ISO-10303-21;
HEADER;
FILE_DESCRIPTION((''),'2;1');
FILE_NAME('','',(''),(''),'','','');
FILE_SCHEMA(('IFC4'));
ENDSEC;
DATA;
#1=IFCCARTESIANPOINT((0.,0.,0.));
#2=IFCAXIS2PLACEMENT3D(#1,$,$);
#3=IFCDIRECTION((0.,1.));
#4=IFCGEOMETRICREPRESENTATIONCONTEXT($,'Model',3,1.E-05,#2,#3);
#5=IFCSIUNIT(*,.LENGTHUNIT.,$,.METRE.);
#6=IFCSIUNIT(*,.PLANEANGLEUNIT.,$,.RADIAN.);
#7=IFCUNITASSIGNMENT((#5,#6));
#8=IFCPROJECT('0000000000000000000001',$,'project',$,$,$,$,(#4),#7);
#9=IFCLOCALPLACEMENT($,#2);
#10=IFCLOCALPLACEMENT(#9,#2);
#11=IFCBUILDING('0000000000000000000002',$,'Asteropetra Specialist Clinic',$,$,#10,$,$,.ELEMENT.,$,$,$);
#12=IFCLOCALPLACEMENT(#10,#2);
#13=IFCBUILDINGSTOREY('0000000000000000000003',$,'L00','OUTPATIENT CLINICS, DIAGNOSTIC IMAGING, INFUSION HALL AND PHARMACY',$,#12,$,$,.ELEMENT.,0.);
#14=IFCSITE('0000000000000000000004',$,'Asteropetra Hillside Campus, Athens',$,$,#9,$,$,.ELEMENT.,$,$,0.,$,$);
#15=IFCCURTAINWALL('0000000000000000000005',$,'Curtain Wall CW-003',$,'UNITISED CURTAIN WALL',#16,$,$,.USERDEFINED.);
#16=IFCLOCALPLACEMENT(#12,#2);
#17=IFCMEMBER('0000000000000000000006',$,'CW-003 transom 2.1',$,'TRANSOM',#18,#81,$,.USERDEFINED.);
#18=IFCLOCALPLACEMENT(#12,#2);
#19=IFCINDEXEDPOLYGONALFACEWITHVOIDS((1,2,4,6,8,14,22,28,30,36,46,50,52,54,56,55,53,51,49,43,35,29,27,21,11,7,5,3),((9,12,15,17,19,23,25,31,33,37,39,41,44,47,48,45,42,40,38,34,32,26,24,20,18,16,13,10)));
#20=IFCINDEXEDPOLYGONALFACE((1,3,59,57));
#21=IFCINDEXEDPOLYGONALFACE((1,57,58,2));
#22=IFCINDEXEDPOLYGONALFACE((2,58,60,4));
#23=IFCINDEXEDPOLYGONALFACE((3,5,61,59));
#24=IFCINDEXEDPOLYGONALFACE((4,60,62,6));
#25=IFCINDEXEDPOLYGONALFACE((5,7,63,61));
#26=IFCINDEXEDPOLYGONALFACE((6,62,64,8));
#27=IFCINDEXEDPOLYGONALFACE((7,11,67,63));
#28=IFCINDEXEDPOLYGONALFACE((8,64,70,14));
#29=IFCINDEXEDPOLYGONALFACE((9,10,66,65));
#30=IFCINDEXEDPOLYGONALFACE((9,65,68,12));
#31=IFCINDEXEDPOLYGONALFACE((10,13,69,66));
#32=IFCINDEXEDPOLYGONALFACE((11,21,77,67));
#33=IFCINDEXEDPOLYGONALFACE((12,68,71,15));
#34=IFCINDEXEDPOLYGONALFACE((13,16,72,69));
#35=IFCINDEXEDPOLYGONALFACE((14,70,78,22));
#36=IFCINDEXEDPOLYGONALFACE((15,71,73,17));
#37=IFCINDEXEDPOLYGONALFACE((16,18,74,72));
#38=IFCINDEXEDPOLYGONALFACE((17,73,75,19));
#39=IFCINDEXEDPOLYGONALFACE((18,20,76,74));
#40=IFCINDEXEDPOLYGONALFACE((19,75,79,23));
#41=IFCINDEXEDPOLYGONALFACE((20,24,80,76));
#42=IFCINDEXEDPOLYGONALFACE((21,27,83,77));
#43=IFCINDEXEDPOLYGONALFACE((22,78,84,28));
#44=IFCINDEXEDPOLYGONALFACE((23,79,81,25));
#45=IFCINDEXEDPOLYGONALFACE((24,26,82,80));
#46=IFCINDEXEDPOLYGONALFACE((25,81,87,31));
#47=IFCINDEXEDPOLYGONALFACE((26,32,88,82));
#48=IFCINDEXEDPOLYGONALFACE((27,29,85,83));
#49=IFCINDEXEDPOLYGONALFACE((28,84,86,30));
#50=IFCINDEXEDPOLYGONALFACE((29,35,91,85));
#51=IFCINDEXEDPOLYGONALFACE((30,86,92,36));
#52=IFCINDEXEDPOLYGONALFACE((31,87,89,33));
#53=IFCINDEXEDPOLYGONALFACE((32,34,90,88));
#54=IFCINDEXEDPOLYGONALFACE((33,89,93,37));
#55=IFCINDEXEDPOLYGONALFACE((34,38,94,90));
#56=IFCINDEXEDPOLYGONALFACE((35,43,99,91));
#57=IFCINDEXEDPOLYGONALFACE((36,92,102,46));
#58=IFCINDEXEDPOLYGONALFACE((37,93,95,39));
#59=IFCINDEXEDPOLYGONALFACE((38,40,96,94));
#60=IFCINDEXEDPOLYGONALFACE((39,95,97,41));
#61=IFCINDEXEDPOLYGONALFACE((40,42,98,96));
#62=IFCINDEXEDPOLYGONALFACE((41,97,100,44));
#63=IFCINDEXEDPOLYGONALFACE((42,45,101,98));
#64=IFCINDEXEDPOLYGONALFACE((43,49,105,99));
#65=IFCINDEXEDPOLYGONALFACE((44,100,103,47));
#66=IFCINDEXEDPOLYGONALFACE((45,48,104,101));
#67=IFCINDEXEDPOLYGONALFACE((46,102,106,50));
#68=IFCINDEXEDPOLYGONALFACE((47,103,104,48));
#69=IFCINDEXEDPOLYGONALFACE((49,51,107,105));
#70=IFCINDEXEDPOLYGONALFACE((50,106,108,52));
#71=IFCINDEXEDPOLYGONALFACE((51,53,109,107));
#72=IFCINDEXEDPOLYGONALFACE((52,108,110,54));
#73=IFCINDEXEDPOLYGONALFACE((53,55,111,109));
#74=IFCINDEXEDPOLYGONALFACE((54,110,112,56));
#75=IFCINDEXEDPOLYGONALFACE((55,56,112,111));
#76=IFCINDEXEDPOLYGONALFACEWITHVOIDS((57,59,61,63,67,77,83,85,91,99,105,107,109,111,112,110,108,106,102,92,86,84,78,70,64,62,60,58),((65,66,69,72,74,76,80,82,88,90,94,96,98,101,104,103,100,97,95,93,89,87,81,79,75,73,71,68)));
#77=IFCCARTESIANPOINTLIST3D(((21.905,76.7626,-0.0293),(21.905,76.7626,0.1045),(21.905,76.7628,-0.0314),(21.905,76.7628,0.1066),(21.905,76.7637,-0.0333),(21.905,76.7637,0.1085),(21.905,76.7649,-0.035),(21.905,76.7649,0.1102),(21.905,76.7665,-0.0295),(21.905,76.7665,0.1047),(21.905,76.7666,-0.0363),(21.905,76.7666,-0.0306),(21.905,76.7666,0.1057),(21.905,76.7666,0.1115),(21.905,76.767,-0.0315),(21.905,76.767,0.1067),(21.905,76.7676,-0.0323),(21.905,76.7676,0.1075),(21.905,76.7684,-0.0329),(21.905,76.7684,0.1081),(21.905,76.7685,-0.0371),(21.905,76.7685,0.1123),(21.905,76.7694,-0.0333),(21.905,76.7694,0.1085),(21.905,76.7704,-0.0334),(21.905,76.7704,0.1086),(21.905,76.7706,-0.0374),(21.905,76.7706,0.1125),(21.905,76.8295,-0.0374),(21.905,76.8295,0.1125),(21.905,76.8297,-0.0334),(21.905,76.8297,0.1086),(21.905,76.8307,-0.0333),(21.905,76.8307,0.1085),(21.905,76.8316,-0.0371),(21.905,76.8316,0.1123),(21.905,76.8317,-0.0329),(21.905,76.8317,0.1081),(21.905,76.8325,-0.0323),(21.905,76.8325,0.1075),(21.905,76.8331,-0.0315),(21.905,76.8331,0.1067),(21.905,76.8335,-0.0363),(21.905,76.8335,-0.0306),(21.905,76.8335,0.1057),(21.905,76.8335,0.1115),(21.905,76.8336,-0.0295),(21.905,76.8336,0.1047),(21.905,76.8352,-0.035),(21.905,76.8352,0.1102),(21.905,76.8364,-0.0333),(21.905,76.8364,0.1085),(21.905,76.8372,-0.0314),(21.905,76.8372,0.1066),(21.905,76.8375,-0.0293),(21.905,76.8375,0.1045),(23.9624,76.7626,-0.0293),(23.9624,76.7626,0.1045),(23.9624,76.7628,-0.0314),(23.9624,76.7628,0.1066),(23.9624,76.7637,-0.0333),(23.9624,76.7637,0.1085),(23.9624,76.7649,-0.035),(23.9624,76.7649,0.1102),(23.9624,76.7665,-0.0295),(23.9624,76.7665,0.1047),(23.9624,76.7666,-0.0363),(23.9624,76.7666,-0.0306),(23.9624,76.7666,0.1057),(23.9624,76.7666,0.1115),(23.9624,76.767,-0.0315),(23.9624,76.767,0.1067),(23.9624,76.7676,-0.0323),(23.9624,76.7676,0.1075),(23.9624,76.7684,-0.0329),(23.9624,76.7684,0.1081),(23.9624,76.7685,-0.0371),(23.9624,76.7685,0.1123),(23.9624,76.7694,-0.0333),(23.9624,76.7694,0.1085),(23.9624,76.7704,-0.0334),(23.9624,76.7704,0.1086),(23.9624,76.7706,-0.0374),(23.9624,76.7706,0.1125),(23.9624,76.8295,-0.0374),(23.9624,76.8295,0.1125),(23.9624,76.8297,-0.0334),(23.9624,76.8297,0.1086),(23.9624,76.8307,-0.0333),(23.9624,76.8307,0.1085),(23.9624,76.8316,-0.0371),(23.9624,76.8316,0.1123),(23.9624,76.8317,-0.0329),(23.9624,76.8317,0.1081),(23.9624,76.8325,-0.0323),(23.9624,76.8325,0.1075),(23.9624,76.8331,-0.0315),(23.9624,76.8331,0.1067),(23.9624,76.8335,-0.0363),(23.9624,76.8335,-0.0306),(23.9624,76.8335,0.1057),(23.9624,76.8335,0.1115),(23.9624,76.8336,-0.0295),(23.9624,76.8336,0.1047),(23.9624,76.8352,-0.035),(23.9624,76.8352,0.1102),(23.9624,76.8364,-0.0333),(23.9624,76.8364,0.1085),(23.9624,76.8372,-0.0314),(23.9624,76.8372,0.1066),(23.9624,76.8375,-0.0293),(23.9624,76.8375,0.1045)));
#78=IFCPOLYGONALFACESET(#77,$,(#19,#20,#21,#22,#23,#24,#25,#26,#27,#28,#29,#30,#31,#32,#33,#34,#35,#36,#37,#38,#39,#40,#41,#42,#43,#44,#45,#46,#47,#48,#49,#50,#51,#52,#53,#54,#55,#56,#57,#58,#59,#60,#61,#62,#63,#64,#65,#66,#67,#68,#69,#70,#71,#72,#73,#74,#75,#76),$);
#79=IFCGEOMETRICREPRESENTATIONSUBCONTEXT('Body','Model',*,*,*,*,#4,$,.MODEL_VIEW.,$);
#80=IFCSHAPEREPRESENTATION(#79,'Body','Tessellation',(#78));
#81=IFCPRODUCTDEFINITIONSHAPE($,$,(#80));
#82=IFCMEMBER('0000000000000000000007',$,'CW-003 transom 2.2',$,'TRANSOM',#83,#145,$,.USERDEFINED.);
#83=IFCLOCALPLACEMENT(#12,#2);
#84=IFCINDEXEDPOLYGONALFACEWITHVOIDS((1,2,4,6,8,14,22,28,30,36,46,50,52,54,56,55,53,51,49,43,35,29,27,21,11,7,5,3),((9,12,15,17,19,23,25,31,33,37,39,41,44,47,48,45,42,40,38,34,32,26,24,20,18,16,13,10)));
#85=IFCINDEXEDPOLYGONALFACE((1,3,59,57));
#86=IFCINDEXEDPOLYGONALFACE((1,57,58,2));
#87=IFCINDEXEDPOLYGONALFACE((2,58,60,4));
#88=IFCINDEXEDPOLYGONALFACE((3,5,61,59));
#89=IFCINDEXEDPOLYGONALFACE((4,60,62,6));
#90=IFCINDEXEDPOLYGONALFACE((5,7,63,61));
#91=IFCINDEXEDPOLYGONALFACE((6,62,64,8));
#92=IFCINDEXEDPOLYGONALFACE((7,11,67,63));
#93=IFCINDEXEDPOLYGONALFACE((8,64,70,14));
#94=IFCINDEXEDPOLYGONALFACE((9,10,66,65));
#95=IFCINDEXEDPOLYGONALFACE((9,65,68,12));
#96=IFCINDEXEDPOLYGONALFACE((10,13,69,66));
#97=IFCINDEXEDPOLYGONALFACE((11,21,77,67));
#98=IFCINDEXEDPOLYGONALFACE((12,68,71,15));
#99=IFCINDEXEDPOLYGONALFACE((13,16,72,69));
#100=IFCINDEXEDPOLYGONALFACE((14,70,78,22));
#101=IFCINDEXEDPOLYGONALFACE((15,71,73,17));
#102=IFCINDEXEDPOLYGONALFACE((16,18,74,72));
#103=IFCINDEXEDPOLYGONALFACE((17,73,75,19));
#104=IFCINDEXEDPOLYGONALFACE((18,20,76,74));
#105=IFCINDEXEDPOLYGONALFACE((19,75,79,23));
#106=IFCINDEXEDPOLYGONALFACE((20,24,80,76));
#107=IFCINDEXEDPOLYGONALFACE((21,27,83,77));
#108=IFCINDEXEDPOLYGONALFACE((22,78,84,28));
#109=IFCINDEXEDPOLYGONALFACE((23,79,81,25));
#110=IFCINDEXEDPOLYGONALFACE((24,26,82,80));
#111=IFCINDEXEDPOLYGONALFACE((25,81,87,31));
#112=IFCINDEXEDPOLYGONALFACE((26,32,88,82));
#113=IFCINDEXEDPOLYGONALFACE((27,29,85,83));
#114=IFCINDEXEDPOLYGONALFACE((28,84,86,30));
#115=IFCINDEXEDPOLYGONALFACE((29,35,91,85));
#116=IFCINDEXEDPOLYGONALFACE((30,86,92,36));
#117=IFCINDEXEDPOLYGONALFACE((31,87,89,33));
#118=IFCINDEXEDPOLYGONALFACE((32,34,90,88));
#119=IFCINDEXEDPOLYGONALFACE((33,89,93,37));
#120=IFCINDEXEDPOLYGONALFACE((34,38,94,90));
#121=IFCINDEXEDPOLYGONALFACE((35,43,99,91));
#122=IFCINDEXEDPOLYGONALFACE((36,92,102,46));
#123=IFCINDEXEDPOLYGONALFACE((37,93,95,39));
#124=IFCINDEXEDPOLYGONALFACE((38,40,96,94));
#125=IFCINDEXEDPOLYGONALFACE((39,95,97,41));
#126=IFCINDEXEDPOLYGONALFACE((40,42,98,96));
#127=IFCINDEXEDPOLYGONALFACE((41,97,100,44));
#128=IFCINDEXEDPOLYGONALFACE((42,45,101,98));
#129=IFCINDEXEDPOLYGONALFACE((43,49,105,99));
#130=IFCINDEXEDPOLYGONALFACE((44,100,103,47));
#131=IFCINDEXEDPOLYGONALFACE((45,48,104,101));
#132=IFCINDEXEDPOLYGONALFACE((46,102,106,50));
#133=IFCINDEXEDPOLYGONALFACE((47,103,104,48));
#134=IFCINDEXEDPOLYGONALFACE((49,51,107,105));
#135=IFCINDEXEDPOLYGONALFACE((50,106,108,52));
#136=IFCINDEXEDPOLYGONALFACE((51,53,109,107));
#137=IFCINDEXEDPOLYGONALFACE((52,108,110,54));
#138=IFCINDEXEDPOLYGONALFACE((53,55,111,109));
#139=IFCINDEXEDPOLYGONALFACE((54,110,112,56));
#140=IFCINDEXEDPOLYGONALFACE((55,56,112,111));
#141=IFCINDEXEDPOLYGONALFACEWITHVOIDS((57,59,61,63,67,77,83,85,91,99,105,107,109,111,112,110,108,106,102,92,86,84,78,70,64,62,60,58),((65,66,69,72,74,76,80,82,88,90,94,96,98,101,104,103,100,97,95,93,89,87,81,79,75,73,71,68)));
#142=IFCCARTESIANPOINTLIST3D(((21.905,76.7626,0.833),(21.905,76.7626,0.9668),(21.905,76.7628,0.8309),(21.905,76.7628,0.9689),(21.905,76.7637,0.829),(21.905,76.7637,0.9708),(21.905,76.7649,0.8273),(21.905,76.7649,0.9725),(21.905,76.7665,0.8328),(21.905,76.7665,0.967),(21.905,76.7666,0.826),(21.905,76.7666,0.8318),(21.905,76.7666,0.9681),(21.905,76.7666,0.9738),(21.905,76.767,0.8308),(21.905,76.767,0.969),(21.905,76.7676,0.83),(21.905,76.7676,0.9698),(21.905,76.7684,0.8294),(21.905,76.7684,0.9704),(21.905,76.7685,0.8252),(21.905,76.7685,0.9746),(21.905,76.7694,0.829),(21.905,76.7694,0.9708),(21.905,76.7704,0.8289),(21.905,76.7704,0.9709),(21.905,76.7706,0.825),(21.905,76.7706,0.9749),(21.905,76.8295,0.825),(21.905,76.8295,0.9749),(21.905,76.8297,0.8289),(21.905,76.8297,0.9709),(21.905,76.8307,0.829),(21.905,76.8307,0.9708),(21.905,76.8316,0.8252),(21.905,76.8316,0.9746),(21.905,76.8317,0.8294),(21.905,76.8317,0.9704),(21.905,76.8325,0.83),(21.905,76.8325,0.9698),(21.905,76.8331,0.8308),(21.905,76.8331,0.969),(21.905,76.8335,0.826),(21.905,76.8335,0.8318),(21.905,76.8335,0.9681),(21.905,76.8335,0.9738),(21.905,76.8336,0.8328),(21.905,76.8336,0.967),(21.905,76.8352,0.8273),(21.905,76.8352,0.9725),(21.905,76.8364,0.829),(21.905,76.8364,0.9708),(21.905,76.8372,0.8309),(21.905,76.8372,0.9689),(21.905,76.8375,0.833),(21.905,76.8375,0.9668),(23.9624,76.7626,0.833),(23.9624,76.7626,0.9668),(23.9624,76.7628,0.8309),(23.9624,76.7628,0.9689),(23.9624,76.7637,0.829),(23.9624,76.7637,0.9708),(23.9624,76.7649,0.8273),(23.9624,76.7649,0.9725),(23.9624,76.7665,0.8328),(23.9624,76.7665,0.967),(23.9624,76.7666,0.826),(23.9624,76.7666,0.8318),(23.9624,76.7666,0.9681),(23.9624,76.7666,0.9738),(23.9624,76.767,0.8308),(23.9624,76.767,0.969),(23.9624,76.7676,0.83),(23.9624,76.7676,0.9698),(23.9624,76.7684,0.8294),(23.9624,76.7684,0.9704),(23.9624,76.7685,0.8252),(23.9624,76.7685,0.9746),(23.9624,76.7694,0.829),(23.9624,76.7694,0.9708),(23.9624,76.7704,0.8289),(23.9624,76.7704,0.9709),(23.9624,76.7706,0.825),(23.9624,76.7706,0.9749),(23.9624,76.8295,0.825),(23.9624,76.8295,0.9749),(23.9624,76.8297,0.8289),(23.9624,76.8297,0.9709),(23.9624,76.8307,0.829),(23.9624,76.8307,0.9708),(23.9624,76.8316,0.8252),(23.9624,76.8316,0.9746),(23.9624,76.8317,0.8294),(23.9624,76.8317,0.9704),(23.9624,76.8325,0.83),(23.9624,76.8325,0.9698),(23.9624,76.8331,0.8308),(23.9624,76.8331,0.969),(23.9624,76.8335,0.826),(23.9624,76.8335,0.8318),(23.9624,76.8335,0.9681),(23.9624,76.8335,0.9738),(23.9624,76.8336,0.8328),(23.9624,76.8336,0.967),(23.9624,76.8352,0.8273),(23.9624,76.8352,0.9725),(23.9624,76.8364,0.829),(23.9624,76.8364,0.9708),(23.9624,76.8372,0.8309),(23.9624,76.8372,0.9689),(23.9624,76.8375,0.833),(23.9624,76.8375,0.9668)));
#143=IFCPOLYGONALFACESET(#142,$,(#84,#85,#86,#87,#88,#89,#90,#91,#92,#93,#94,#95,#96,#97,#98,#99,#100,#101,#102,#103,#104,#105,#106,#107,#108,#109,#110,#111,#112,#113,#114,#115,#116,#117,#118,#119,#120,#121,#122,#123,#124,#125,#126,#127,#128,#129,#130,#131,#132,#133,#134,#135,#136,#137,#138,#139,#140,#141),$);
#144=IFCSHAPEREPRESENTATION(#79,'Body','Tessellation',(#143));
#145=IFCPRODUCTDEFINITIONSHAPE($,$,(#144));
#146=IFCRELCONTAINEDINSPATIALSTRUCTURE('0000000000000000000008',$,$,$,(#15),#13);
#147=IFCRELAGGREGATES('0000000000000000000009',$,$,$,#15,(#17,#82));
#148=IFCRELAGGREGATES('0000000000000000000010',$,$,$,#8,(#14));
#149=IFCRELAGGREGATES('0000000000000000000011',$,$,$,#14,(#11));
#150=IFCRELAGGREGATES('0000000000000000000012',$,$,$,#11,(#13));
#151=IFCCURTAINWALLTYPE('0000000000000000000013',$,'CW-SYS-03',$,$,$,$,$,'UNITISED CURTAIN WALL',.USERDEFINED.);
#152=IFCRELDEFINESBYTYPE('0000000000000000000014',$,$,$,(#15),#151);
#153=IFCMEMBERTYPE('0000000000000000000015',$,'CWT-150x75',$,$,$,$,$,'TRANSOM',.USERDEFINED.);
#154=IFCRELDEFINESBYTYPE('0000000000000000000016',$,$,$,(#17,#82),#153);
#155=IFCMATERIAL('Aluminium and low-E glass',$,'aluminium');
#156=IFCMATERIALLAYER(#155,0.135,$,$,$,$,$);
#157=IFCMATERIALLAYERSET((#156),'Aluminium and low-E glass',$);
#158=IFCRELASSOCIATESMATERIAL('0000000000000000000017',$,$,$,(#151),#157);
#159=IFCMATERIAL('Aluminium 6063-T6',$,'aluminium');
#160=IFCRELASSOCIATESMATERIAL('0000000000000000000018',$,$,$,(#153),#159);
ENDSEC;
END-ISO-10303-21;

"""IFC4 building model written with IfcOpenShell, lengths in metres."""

from ifc_helpers import new_model, si_unit, direction, frame, origin, origin_2d, place, context, subcontext, project, spatial, hollow_rectangle, extrude, material, layer, layer_set, material_profile, profile_set, type_object, element, aggregate, save


model = new_model("IFC4")

# Units and contexts
model_context = context("Model", 3, precision=1e-05, world=origin(), true_north=direction((0.0, 1.0)))
body_context = subcontext(model_context, "Body", "Model", "MODEL_VIEW")
ifc_project = project(units=[si_unit("LENGTHUNIT", "METRE"), si_unit("PLANEANGLEUNIT", "RADIAN")], contexts=[model_context])

# Site, building, storey
site_placement = place(None, origin())
site = spatial("IfcSite", under=ifc_project, at=site_placement, Name="Asteropetra Hillside Campus, Athens", CompositionType="ELEMENT", RefElevation=0.0)
building_placement = place(site_placement, origin())
building = spatial("IfcBuilding", under=site, at=building_placement, Name="Asteropetra Specialist Clinic", CompositionType="ELEMENT")
storey_placement = place(building_placement, origin())
storey = spatial("IfcBuildingStorey", under=building, at=storey_placement, Name="L00", Description="OUTPATIENT CLINICS, DIAGNOSTIC IMAGING, INFUSION HALL AND PHARMACY", CompositionType="ELEMENT", Elevation=0.0)

# Curtain wall, members
ifc_material_1 = material(Name="Aluminium and low-E glass", Category="aluminium")
ifc_layer_1 = layer(ifc_material_1, 0.135)
ifc_layer_set_1 = layer_set([ifc_layer_1], Name="Aluminium and low-E glass")
curtain_wall_type = type_object("IfcCurtainWallType", Name="CW-SYS-03", ElementType="UNITISED CURTAIN WALL", PredefinedType="USERDEFINED", material=ifc_layer_set_1)
curtain_wall_placement = place(storey_placement, origin())
curtain_wall = element("IfcCurtainWall", 1, at=curtain_wall_placement, inside=storey, type_object=curtain_wall_type, Name="Curtain Wall CW-003", ObjectType="UNITISED CURTAIN WALL", PredefinedType="USERDEFINED")
ifc_material_2 = material(Name="Aluminium 6063-T6", Category="aluminium")
ifc_material_profile_1 = material_profile(ifc_material_2, hollow_rectangle(XDim=0.075, YDim=0.1499, WallThickness=0.0039, InnerFilletRadius=0.0039, OuterFilletRadius=0.0081, at=origin_2d()), Name="TRN 150x75x4.0")
ifc_profile_set_1 = profile_set([ifc_material_profile_1], Name="Aluminium 6063-T6")
member_type_1 = type_object("IfcMemberType", Name="CWT-150x75", ElementType="TRANSOM", PredefinedType="USERDEFINED", material=ifc_profile_set_1)
member_1_placement = place(storey_placement, frame((21.905, 76.8, 0.0376), z_axis=(1.0, 0.0, 0.0), x_axis=(0.0, 1.0, 0.0)))
member_1 = element("IfcMember", 2, at=member_1_placement, type_object=member_type_1, Name="CW-003 transom 2.1", ObjectType="TRANSOM", PredefinedType="USERDEFINED", context=body_context, shape_type="SweptSolid", body=[
    extrude(hollow_rectangle(XDim=0.075, YDim=0.1499, WallThickness=0.0039, InnerFilletRadius=0.0039, OuterFilletRadius=0.0081, at=origin_2d()), origin(), (0.0, 0.0, 1.0), 2.0574),
])
member_2_placement = place(storey_placement, frame((21.905, 76.8, 0.8999), z_axis=(1.0, 0.0, 0.0), x_axis=(0.0, 1.0, 0.0)))
member_2 = element("IfcMember", 3, at=member_2_placement, type_object=member_type_1, Name="CW-003 transom 2.2", ObjectType="TRANSOM", PredefinedType="USERDEFINED", context=body_context, shape_type="SweptSolid", body=[
    extrude(hollow_rectangle(XDim=0.075, YDim=0.1499, WallThickness=0.0039, InnerFilletRadius=0.0039, OuterFilletRadius=0.0081, at=origin_2d()), origin(), (0.0, 0.0, 1.0), 2.0574),
])
aggregate(curtain_wall, [member_1, member_2])

save(model, "model.ifc")
